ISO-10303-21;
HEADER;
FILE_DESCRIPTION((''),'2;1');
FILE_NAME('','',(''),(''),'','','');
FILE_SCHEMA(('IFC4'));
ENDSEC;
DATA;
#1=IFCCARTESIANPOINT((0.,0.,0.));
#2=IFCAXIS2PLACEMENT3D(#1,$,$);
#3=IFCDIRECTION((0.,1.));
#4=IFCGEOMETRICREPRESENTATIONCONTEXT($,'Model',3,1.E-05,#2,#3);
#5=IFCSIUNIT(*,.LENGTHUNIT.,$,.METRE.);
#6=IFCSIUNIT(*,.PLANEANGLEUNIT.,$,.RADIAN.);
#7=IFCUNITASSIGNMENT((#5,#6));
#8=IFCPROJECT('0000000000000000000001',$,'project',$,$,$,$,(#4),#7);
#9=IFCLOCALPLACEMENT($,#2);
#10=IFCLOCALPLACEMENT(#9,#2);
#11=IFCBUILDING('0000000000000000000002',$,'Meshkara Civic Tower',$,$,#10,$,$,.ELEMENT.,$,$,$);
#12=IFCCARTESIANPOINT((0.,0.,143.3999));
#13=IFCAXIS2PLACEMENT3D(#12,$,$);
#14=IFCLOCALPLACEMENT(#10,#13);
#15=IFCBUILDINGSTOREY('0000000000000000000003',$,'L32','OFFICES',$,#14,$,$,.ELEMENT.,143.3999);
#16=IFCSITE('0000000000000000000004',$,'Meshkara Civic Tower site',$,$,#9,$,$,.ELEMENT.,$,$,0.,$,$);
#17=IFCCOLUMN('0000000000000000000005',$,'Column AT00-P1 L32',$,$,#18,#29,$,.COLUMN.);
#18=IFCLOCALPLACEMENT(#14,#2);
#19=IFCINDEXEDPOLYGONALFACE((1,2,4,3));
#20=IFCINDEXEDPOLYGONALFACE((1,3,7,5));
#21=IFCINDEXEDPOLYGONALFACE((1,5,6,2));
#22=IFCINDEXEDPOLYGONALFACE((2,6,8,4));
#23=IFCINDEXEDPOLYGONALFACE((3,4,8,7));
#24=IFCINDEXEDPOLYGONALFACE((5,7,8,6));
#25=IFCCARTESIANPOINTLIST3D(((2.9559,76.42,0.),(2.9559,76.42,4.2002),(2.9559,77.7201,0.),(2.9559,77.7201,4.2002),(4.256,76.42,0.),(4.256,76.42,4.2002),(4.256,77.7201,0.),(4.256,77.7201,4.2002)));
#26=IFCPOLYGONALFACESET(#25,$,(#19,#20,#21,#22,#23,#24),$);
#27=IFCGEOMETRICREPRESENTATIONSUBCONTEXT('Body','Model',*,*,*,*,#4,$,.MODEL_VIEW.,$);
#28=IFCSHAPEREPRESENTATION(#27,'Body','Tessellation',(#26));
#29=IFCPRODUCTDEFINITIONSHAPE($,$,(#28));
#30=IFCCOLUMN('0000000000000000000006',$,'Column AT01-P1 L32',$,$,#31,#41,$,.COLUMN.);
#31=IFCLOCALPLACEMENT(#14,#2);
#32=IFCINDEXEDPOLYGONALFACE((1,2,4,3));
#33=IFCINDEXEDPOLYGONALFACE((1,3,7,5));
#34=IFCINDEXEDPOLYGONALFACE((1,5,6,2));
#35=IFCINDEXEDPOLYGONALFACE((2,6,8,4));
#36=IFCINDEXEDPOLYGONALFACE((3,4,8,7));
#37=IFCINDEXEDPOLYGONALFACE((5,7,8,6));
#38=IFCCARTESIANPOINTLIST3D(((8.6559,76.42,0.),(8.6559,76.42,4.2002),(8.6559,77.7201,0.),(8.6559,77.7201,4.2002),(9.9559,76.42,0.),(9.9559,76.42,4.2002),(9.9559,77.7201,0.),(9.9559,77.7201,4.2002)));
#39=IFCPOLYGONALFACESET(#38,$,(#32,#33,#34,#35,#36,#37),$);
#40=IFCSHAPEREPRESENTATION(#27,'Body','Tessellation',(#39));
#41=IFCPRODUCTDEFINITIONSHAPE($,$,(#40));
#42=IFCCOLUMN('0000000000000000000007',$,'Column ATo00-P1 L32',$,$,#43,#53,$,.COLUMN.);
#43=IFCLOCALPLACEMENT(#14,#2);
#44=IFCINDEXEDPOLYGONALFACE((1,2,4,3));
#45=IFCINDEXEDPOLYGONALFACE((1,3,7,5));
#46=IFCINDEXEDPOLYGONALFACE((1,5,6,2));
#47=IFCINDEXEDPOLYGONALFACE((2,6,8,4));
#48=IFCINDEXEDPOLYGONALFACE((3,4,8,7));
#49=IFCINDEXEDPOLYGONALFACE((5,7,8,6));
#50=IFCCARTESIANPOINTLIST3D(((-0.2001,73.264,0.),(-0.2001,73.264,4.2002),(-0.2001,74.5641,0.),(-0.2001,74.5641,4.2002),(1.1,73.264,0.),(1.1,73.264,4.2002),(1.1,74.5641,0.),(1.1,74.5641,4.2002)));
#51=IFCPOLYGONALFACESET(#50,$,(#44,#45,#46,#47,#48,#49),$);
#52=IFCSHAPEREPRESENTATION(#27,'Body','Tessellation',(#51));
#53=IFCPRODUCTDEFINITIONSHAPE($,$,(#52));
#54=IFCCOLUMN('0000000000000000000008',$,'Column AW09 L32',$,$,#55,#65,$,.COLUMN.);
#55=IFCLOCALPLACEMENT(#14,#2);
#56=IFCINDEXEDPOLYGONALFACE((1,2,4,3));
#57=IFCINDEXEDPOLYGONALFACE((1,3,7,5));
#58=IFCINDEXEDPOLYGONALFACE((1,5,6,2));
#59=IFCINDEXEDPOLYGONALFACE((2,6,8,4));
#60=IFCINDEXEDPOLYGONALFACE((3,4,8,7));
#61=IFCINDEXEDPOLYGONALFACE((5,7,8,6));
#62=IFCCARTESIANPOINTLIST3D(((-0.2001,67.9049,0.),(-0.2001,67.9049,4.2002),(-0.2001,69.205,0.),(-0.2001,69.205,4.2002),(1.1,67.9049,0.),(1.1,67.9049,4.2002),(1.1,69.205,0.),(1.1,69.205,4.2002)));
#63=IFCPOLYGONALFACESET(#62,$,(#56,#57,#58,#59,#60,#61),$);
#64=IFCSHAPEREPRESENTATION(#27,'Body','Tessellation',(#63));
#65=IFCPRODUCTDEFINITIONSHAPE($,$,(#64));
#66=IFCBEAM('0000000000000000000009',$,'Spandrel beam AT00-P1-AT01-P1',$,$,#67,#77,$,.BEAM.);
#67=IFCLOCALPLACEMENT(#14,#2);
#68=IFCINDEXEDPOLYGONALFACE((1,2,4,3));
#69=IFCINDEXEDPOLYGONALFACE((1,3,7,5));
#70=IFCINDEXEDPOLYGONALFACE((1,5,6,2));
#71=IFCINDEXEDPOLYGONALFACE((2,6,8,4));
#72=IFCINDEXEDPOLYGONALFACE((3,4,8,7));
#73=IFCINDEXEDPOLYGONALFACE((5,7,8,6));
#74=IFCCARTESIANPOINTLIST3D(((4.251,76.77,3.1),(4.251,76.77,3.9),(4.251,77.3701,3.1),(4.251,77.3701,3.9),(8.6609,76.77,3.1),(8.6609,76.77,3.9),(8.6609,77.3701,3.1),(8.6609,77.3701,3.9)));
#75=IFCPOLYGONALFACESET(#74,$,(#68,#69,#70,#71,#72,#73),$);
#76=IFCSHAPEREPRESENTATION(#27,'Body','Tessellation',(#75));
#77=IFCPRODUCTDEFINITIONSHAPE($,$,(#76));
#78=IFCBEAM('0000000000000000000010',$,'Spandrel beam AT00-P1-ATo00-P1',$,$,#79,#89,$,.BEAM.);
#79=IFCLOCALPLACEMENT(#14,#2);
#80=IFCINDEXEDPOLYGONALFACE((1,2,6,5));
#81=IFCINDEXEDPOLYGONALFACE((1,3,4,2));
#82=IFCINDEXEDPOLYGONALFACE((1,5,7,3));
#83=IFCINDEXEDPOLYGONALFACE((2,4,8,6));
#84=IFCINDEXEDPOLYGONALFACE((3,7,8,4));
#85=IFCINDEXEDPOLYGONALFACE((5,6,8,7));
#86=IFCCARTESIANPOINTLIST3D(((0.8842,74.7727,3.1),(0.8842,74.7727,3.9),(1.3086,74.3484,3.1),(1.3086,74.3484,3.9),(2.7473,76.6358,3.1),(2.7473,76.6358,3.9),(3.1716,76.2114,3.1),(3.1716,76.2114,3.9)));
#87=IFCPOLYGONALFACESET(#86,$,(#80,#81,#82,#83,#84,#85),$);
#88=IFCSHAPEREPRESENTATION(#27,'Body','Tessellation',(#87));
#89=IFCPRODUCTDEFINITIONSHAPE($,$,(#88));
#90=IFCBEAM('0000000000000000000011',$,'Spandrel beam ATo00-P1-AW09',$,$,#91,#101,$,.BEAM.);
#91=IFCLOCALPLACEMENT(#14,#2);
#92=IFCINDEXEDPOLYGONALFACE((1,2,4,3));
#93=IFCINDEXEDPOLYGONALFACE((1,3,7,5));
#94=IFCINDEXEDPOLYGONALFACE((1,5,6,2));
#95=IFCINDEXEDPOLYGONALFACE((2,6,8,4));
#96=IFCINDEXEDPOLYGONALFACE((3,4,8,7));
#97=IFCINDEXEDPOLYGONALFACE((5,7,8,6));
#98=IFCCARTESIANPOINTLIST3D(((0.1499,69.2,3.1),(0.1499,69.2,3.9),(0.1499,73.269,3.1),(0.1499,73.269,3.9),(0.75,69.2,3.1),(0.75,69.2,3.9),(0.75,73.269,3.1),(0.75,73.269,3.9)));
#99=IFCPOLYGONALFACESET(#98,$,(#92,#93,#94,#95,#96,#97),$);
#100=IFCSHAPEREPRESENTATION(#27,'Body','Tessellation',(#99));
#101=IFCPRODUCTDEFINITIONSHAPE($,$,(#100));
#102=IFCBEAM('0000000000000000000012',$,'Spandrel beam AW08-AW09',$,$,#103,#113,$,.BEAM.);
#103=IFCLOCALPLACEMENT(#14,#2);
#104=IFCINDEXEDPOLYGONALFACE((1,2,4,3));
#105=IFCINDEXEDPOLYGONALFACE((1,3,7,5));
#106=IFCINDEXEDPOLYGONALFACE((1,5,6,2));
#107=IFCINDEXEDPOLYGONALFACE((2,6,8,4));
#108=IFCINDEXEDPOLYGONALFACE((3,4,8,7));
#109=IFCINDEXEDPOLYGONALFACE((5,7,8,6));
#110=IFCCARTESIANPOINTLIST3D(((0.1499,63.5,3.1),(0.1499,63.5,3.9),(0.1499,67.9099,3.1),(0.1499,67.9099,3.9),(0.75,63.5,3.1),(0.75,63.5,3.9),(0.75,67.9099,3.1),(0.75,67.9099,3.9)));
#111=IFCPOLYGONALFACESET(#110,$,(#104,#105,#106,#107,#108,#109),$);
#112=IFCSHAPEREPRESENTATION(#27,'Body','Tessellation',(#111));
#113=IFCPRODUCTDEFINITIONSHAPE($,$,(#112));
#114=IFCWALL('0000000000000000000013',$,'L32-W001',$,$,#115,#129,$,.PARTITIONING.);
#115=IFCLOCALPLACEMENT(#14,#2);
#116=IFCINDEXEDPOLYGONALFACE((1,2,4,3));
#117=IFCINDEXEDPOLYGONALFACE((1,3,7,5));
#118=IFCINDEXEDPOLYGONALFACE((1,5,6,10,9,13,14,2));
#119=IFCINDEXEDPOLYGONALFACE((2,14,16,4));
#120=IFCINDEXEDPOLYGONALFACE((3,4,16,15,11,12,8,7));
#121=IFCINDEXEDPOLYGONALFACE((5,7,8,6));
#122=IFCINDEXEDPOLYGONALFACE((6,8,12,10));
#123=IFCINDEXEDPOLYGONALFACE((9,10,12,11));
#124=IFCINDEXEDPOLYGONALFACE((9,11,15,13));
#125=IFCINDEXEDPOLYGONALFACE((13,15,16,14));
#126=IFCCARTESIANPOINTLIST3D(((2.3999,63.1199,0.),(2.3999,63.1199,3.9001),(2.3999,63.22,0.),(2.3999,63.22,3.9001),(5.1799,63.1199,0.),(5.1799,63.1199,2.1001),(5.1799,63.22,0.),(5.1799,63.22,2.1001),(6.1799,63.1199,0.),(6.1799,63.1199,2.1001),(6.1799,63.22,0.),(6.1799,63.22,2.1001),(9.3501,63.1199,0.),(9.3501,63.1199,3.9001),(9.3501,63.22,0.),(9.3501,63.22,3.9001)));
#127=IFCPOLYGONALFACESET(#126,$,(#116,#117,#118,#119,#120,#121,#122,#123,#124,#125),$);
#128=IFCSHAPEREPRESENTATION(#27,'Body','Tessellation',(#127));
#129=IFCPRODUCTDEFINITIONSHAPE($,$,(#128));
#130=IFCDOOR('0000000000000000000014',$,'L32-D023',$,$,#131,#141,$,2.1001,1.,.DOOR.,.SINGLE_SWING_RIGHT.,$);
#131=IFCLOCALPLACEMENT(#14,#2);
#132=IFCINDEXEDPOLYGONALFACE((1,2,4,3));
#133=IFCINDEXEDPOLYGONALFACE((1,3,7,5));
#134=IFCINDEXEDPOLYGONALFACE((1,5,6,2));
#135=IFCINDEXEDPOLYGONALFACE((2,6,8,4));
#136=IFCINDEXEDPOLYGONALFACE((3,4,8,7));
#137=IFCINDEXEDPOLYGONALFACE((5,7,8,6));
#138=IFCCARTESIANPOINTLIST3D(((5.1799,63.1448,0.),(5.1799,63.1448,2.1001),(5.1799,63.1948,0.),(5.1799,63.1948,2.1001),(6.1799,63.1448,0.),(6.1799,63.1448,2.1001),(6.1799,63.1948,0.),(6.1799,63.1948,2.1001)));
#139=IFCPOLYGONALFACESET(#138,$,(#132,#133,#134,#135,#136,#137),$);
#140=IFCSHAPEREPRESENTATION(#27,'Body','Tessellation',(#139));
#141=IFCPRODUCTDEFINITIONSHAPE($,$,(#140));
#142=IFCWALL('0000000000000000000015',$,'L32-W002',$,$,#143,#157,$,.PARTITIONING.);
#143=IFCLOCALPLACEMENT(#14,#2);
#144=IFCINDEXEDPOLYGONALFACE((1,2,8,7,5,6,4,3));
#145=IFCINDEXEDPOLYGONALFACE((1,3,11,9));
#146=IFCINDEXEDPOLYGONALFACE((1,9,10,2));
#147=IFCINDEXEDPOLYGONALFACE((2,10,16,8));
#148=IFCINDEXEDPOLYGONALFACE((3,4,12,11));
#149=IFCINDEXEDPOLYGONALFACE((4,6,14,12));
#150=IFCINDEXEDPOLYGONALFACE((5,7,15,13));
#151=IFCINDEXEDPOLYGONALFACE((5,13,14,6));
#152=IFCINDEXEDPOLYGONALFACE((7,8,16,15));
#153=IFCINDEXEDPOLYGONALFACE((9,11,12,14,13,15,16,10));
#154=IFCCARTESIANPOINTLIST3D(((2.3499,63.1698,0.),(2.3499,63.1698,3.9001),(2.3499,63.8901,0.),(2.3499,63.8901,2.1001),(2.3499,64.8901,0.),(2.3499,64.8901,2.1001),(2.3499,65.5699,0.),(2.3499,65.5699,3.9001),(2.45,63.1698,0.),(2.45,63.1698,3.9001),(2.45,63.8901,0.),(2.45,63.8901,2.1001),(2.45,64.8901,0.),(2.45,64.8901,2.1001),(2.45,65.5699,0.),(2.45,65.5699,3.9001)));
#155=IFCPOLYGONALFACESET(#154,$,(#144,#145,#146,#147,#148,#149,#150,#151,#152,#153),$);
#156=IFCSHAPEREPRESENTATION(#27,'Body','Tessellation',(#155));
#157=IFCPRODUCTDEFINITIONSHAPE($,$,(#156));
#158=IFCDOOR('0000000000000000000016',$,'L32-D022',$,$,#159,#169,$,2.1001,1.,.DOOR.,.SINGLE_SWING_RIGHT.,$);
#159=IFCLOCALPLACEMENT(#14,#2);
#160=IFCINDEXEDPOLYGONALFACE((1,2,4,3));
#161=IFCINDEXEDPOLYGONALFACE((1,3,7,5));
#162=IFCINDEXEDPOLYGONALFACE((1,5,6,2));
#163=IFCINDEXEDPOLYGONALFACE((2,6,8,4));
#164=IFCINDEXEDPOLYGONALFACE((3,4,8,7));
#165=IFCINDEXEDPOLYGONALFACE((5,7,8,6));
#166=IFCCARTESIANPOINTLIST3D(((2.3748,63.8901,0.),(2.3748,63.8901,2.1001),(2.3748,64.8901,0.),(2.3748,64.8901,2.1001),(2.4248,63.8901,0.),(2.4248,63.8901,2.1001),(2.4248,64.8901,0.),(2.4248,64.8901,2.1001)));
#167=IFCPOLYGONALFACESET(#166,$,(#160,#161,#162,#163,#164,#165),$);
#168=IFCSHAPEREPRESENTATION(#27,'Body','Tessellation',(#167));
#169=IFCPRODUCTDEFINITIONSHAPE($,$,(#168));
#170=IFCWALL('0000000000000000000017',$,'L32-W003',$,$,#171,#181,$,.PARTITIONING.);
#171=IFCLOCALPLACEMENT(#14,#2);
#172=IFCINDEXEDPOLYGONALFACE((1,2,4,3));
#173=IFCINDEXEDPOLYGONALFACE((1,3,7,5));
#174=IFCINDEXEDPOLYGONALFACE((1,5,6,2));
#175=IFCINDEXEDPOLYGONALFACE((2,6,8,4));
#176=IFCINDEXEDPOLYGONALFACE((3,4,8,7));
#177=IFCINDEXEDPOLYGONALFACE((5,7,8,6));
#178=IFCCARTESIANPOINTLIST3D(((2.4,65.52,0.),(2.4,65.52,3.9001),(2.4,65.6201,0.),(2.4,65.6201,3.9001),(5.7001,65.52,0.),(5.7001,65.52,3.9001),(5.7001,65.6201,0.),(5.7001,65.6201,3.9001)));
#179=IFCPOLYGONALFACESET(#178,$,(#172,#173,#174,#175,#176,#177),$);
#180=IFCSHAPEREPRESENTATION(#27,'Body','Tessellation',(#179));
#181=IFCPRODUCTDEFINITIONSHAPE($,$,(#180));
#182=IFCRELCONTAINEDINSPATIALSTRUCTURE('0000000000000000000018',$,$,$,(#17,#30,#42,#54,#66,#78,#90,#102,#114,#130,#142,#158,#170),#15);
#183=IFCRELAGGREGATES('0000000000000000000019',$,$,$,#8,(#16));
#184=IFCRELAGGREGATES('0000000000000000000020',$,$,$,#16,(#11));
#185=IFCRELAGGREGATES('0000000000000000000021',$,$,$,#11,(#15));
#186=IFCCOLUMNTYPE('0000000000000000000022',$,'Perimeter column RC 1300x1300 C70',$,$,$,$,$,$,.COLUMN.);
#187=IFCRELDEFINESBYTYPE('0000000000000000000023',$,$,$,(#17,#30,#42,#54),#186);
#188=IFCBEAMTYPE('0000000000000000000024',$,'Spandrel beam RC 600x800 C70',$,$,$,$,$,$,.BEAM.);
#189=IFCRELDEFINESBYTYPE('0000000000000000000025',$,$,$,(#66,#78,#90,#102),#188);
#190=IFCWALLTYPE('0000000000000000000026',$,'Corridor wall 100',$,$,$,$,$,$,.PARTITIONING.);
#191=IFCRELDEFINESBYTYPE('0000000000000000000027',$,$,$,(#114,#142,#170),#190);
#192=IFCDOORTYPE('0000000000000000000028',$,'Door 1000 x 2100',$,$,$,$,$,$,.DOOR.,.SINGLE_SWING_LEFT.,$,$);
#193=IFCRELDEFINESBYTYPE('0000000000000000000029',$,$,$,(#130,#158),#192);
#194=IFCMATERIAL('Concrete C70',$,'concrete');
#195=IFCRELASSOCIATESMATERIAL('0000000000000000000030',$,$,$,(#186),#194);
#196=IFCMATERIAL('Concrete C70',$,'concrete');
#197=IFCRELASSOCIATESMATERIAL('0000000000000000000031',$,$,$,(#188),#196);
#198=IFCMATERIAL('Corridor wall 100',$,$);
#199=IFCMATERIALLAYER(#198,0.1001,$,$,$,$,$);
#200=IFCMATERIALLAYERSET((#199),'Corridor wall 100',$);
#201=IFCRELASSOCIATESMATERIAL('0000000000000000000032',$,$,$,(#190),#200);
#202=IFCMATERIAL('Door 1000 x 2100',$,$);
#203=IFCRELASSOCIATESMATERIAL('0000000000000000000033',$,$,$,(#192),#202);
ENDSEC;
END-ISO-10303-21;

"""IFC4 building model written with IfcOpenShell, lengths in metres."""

from ifc_helpers import new_model, si_unit, direction, frame, frame_2d, origin, origin_2d, place, context, subcontext, project, spatial, rectangle, extrude, material, layer, layer_set, material_profile, profile_set, type_object, element, fill, save


model = new_model("IFC4")

# Units and contexts
model_context = context("Model", 3, precision=1e-05, world=origin(), true_north=direction((0.0, 1.0)))
body_context = subcontext(model_context, "Body", "Model", "MODEL_VIEW")
ifc_project = project(units=[si_unit("LENGTHUNIT", "METRE"), si_unit("PLANEANGLEUNIT", "RADIAN")], contexts=[model_context])

# Site, building, storey
site_placement = place(None, origin())
site = spatial("IfcSite", under=ifc_project, at=site_placement, Name="Meshkara Civic Tower site", CompositionType="ELEMENT", RefElevation=0.0)
building_placement = place(site_placement, origin())
building = spatial("IfcBuilding", under=site, at=building_placement, Name="Meshkara Civic Tower", CompositionType="ELEMENT")
storey_placement = place(building_placement, frame((0.0, 0.0, 143.3999)))
storey = spatial("IfcBuildingStorey", under=building, at=storey_placement, Name="L32", Description="OFFICES", CompositionType="ELEMENT", Elevation=143.3999)

# Columns
ifc_material_1 = material(Name="Concrete C70", Category="concrete")
ifc_material_profile_1 = material_profile(ifc_material_1, rectangle(XDim=1.3, YDim=1.3, at=origin_2d()))
ifc_profile_set_1 = profile_set([ifc_material_profile_1], Name="Concrete C70")
column_type = type_object("IfcColumnType", Name="Perimeter column RC 1300x1300 C70", PredefinedType="COLUMN", material=ifc_profile_set_1)
for number, where, z_axis, x_axis, name in (
    (1, (3.606, 77.0701, 0.0), (0.0, 0.0, 1.0), (1.0, 0.0, 0.0), "Column AT00-P1 L32"),
    (2, (9.3059, 77.0701, 0.0), (0.0, 0.0, 1.0), (1.0, 0.0, 0.0), "Column AT01-P1 L32"),
    (3, (0.45, 73.9141, 0.0), (0.0, 0.0, 1.0), (1.0, 0.0, 0.0), "Column ATo00-P1 L32"),
    (4, (0.45, 68.5549, 0.0), (0.0, 0.0, 1.0), (1.0, 0.0, 0.0), "Column AW09 L32"),
):
    element("IfcColumn", number, at=place(storey_placement, frame(where, z_axis=z_axis, x_axis=x_axis)), inside=storey, type_object=column_type, Name=name, PredefinedType="COLUMN", context=body_context, shape_type="SweptSolid", body=[
        extrude(rectangle(XDim=1.3, YDim=1.3, at=origin_2d()), origin(), (0.0, 0.0, 1.0), 4.2002),
    ])

# Beams
ifc_material_2 = material(Name="Concrete C70", Category="concrete")
ifc_material_profile_2 = material_profile(ifc_material_2, rectangle(XDim=0.6001, YDim=0.8, at=origin_2d()))
ifc_profile_set_2 = profile_set([ifc_material_profile_2], Name="Concrete C70")
beam_type = type_object("IfcBeamType", Name="Spandrel beam RC 600x800 C70", PredefinedType="BEAM", material=ifc_profile_set_2)
beam_1_placement = place(storey_placement, frame((8.6609, 77.0701, 3.5), z_axis=(-1.0, 0.0, 0.0), x_axis=(0.0, -1.0, 0.0)))
element("IfcBeam", 5, at=beam_1_placement, inside=storey, type_object=beam_type, Name="Spandrel beam AT00-P1-AT01-P1", PredefinedType="BEAM", context=body_context, shape_type="SweptSolid", body=[
    extrude(rectangle(XDim=0.6001, YDim=0.8, at=origin_2d()), origin(), (0.0, 0.0, 1.0), 4.4099),
])
beam_2_placement = place(storey_placement, frame((2.9595, 76.4236, 3.5), z_axis=(-0.707107, -0.707107, 0.0), x_axis=(0.707107, -0.707107, 0.0)))
element("IfcBeam", 6, at=beam_2_placement, inside=storey, type_object=beam_type, Name="Spandrel beam AT00-P1-ATo00-P1", PredefinedType="BEAM", context=body_context, shape_type="SweptSolid", body=[
    extrude(rectangle(XDim=0.6001, YDim=0.8, at=origin_2d()), origin(), (0.0, 0.0, 1.0), 2.6348),
])
beam_3_placement = place(storey_placement, frame((0.45, 73.269, 3.5), z_axis=(0.0, -1.0, 0.0), x_axis=(1.0, 0.0, 0.0)))
element("IfcBeam", 7, at=beam_3_placement, inside=storey, type_object=beam_type, Name="Spandrel beam ATo00-P1-AW09", PredefinedType="BEAM", context=body_context, shape_type="SweptSolid", body=[
    extrude(rectangle(XDim=0.6001, YDim=0.8, at=origin_2d()), origin(), (0.0, 0.0, 1.0), 4.0691),
])
beam_4_placement = place(storey_placement, frame((0.45, 67.9099, 3.5), z_axis=(0.0, -1.0, 0.0), x_axis=(1.0, 0.0, 0.0)))
element("IfcBeam", 8, at=beam_4_placement, inside=storey, type_object=beam_type, Name="Spandrel beam AW08-AW09", PredefinedType="BEAM", context=body_context, shape_type="SweptSolid", body=[
    extrude(rectangle(XDim=0.6001, YDim=0.8, at=origin_2d()), origin(), (0.0, 0.0, 1.0), 4.4099),
])

# Walls, openings, doors
ifc_material_3 = material(Name="Corridor wall 100")
ifc_layer_1 = layer(ifc_material_3, 0.1001)
ifc_layer_set_1 = layer_set([ifc_layer_1], Name="Corridor wall 100")
wall_type_1 = type_object("IfcWallType", Name="Corridor wall 100", PredefinedType="PARTITIONING", material=ifc_layer_set_1)
wall_1_placement = place(storey_placement, frame((2.3999, 63.1699, 0.0), z_axis=(0.0, 0.0, 1.0), x_axis=(1.0, 0.0, 0.0)))
wall_1 = element("IfcWall", 9, at=wall_1_placement, inside=storey, type_object=wall_type_1, Name="L32-W001", PredefinedType="PARTITIONING", context=body_context, shape_type="SweptSolid", body=[
    extrude(rectangle(XDim=6.9502, YDim=0.1001, at=frame_2d((3.4751, 0.0))), origin(), (0.0, 0.0, 1.0), 3.9001),
])
opening_1_placement = place(wall_1_placement, frame((2.78, 0.0, 0.0)))
opening_1 = element("IfcOpeningElement", 10, at=opening_1_placement, cuts=wall_1, PredefinedType="OPENING", context=body_context, shape_type="SweptSolid", body=[
    extrude(rectangle(XDim=1.0, YDim=2.1001, at=frame_2d((0.5, 1.05))), frame((0.0, 0.0601, 0.0), z_axis=(0.0, -1.0, 0.0), x_axis=(1.0, 0.0, 0.0)), (0.0, 0.0, 1.0), 0.1201),
])
ifc_material_4 = material(Name="Door 1000 x 2100")
door_type_1 = type_object("IfcDoorType", Name="Door 1000 x 2100", OperationType="SINGLE_SWING_LEFT", PredefinedType="DOOR", material=ifc_material_4)
door_1_placement = place(opening_1_placement, origin())
door_1 = element("IfcDoor", 11, at=door_1_placement, inside=storey, type_object=door_type_1, Name="L32-D023", OperationType="SINGLE_SWING_RIGHT", OverallHeight=2.1001, OverallWidth=1.0, PredefinedType="DOOR", context=body_context, shape_type="SweptSolid", body=[
    extrude(rectangle(XDim=1.0, YDim=2.1001, at=frame_2d((0.5, 1.05))), frame((0.0, 0.0249, 0.0), z_axis=(0.0, -1.0, 0.0), x_axis=(1.0, 0.0, 0.0)), (0.0, 0.0, 1.0), 0.05),
])
fill(opening_1, door_1)
wall_2_placement = place(storey_placement, frame((2.3999, 65.5701, 0.0), z_axis=(0.0, 0.0, 1.0), x_axis=(0.0, -1.0, 0.0)))
wall_2 = element("IfcWall", 12, at=wall_2_placement, inside=storey, type_object=wall_type_1, Name="L32-W002", PredefinedType="PARTITIONING", context=body_context, shape_type="SweptSolid", body=[
    extrude(rectangle(XDim=2.4001, YDim=0.1001, at=frame_2d((1.2002, 0.0))), origin(), (0.0, 0.0, 1.0), 3.9001),
])
opening_2_placement = place(wall_2_placement, frame((0.6799, 0.0, 0.0)))
opening_2 = element("IfcOpeningElement", 13, at=opening_2_placement, cuts=wall_2, PredefinedType="OPENING", context=body_context, shape_type="SweptSolid", body=[
    extrude(rectangle(XDim=1.0, YDim=2.1001, at=frame_2d((0.5, 1.05))), frame((0.0, 0.0601, 0.0), z_axis=(0.0, -1.0, 0.0), x_axis=(1.0, 0.0, 0.0)), (0.0, 0.0, 1.0), 0.1201),
])
door_2_placement = place(opening_2_placement, origin())
door_2 = element("IfcDoor", 14, at=door_2_placement, inside=storey, type_object=door_type_1, Name="L32-D022", OperationType="SINGLE_SWING_RIGHT", OverallHeight=2.1001, OverallWidth=1.0, PredefinedType="DOOR", context=body_context, shape_type="SweptSolid", body=[
    extrude(rectangle(XDim=1.0, YDim=2.1001, at=frame_2d((0.5, 1.05))), frame((0.0, 0.0249, 0.0), z_axis=(0.0, -1.0, 0.0), x_axis=(1.0, 0.0, 0.0)), (0.0, 0.0, 1.0), 0.05),
])
fill(opening_2, door_2)

# Wall
wall_3_placement = place(storey_placement, frame((5.7, 65.5701, 0.0), z_axis=(0.0, 0.0, 1.0), x_axis=(-1.0, 0.0, 0.0)))
element("IfcWall", 15, at=wall_3_placement, inside=storey, type_object=wall_type_1, Name="L32-W003", PredefinedType="PARTITIONING", context=body_context, shape_type="SweptSolid", body=[
    extrude(rectangle(XDim=3.3, YDim=0.1001, at=frame_2d((1.6499, 0.0))), origin(), (0.0, 0.0, 1.0), 3.9001),
])

save(model, "model.ifc")
